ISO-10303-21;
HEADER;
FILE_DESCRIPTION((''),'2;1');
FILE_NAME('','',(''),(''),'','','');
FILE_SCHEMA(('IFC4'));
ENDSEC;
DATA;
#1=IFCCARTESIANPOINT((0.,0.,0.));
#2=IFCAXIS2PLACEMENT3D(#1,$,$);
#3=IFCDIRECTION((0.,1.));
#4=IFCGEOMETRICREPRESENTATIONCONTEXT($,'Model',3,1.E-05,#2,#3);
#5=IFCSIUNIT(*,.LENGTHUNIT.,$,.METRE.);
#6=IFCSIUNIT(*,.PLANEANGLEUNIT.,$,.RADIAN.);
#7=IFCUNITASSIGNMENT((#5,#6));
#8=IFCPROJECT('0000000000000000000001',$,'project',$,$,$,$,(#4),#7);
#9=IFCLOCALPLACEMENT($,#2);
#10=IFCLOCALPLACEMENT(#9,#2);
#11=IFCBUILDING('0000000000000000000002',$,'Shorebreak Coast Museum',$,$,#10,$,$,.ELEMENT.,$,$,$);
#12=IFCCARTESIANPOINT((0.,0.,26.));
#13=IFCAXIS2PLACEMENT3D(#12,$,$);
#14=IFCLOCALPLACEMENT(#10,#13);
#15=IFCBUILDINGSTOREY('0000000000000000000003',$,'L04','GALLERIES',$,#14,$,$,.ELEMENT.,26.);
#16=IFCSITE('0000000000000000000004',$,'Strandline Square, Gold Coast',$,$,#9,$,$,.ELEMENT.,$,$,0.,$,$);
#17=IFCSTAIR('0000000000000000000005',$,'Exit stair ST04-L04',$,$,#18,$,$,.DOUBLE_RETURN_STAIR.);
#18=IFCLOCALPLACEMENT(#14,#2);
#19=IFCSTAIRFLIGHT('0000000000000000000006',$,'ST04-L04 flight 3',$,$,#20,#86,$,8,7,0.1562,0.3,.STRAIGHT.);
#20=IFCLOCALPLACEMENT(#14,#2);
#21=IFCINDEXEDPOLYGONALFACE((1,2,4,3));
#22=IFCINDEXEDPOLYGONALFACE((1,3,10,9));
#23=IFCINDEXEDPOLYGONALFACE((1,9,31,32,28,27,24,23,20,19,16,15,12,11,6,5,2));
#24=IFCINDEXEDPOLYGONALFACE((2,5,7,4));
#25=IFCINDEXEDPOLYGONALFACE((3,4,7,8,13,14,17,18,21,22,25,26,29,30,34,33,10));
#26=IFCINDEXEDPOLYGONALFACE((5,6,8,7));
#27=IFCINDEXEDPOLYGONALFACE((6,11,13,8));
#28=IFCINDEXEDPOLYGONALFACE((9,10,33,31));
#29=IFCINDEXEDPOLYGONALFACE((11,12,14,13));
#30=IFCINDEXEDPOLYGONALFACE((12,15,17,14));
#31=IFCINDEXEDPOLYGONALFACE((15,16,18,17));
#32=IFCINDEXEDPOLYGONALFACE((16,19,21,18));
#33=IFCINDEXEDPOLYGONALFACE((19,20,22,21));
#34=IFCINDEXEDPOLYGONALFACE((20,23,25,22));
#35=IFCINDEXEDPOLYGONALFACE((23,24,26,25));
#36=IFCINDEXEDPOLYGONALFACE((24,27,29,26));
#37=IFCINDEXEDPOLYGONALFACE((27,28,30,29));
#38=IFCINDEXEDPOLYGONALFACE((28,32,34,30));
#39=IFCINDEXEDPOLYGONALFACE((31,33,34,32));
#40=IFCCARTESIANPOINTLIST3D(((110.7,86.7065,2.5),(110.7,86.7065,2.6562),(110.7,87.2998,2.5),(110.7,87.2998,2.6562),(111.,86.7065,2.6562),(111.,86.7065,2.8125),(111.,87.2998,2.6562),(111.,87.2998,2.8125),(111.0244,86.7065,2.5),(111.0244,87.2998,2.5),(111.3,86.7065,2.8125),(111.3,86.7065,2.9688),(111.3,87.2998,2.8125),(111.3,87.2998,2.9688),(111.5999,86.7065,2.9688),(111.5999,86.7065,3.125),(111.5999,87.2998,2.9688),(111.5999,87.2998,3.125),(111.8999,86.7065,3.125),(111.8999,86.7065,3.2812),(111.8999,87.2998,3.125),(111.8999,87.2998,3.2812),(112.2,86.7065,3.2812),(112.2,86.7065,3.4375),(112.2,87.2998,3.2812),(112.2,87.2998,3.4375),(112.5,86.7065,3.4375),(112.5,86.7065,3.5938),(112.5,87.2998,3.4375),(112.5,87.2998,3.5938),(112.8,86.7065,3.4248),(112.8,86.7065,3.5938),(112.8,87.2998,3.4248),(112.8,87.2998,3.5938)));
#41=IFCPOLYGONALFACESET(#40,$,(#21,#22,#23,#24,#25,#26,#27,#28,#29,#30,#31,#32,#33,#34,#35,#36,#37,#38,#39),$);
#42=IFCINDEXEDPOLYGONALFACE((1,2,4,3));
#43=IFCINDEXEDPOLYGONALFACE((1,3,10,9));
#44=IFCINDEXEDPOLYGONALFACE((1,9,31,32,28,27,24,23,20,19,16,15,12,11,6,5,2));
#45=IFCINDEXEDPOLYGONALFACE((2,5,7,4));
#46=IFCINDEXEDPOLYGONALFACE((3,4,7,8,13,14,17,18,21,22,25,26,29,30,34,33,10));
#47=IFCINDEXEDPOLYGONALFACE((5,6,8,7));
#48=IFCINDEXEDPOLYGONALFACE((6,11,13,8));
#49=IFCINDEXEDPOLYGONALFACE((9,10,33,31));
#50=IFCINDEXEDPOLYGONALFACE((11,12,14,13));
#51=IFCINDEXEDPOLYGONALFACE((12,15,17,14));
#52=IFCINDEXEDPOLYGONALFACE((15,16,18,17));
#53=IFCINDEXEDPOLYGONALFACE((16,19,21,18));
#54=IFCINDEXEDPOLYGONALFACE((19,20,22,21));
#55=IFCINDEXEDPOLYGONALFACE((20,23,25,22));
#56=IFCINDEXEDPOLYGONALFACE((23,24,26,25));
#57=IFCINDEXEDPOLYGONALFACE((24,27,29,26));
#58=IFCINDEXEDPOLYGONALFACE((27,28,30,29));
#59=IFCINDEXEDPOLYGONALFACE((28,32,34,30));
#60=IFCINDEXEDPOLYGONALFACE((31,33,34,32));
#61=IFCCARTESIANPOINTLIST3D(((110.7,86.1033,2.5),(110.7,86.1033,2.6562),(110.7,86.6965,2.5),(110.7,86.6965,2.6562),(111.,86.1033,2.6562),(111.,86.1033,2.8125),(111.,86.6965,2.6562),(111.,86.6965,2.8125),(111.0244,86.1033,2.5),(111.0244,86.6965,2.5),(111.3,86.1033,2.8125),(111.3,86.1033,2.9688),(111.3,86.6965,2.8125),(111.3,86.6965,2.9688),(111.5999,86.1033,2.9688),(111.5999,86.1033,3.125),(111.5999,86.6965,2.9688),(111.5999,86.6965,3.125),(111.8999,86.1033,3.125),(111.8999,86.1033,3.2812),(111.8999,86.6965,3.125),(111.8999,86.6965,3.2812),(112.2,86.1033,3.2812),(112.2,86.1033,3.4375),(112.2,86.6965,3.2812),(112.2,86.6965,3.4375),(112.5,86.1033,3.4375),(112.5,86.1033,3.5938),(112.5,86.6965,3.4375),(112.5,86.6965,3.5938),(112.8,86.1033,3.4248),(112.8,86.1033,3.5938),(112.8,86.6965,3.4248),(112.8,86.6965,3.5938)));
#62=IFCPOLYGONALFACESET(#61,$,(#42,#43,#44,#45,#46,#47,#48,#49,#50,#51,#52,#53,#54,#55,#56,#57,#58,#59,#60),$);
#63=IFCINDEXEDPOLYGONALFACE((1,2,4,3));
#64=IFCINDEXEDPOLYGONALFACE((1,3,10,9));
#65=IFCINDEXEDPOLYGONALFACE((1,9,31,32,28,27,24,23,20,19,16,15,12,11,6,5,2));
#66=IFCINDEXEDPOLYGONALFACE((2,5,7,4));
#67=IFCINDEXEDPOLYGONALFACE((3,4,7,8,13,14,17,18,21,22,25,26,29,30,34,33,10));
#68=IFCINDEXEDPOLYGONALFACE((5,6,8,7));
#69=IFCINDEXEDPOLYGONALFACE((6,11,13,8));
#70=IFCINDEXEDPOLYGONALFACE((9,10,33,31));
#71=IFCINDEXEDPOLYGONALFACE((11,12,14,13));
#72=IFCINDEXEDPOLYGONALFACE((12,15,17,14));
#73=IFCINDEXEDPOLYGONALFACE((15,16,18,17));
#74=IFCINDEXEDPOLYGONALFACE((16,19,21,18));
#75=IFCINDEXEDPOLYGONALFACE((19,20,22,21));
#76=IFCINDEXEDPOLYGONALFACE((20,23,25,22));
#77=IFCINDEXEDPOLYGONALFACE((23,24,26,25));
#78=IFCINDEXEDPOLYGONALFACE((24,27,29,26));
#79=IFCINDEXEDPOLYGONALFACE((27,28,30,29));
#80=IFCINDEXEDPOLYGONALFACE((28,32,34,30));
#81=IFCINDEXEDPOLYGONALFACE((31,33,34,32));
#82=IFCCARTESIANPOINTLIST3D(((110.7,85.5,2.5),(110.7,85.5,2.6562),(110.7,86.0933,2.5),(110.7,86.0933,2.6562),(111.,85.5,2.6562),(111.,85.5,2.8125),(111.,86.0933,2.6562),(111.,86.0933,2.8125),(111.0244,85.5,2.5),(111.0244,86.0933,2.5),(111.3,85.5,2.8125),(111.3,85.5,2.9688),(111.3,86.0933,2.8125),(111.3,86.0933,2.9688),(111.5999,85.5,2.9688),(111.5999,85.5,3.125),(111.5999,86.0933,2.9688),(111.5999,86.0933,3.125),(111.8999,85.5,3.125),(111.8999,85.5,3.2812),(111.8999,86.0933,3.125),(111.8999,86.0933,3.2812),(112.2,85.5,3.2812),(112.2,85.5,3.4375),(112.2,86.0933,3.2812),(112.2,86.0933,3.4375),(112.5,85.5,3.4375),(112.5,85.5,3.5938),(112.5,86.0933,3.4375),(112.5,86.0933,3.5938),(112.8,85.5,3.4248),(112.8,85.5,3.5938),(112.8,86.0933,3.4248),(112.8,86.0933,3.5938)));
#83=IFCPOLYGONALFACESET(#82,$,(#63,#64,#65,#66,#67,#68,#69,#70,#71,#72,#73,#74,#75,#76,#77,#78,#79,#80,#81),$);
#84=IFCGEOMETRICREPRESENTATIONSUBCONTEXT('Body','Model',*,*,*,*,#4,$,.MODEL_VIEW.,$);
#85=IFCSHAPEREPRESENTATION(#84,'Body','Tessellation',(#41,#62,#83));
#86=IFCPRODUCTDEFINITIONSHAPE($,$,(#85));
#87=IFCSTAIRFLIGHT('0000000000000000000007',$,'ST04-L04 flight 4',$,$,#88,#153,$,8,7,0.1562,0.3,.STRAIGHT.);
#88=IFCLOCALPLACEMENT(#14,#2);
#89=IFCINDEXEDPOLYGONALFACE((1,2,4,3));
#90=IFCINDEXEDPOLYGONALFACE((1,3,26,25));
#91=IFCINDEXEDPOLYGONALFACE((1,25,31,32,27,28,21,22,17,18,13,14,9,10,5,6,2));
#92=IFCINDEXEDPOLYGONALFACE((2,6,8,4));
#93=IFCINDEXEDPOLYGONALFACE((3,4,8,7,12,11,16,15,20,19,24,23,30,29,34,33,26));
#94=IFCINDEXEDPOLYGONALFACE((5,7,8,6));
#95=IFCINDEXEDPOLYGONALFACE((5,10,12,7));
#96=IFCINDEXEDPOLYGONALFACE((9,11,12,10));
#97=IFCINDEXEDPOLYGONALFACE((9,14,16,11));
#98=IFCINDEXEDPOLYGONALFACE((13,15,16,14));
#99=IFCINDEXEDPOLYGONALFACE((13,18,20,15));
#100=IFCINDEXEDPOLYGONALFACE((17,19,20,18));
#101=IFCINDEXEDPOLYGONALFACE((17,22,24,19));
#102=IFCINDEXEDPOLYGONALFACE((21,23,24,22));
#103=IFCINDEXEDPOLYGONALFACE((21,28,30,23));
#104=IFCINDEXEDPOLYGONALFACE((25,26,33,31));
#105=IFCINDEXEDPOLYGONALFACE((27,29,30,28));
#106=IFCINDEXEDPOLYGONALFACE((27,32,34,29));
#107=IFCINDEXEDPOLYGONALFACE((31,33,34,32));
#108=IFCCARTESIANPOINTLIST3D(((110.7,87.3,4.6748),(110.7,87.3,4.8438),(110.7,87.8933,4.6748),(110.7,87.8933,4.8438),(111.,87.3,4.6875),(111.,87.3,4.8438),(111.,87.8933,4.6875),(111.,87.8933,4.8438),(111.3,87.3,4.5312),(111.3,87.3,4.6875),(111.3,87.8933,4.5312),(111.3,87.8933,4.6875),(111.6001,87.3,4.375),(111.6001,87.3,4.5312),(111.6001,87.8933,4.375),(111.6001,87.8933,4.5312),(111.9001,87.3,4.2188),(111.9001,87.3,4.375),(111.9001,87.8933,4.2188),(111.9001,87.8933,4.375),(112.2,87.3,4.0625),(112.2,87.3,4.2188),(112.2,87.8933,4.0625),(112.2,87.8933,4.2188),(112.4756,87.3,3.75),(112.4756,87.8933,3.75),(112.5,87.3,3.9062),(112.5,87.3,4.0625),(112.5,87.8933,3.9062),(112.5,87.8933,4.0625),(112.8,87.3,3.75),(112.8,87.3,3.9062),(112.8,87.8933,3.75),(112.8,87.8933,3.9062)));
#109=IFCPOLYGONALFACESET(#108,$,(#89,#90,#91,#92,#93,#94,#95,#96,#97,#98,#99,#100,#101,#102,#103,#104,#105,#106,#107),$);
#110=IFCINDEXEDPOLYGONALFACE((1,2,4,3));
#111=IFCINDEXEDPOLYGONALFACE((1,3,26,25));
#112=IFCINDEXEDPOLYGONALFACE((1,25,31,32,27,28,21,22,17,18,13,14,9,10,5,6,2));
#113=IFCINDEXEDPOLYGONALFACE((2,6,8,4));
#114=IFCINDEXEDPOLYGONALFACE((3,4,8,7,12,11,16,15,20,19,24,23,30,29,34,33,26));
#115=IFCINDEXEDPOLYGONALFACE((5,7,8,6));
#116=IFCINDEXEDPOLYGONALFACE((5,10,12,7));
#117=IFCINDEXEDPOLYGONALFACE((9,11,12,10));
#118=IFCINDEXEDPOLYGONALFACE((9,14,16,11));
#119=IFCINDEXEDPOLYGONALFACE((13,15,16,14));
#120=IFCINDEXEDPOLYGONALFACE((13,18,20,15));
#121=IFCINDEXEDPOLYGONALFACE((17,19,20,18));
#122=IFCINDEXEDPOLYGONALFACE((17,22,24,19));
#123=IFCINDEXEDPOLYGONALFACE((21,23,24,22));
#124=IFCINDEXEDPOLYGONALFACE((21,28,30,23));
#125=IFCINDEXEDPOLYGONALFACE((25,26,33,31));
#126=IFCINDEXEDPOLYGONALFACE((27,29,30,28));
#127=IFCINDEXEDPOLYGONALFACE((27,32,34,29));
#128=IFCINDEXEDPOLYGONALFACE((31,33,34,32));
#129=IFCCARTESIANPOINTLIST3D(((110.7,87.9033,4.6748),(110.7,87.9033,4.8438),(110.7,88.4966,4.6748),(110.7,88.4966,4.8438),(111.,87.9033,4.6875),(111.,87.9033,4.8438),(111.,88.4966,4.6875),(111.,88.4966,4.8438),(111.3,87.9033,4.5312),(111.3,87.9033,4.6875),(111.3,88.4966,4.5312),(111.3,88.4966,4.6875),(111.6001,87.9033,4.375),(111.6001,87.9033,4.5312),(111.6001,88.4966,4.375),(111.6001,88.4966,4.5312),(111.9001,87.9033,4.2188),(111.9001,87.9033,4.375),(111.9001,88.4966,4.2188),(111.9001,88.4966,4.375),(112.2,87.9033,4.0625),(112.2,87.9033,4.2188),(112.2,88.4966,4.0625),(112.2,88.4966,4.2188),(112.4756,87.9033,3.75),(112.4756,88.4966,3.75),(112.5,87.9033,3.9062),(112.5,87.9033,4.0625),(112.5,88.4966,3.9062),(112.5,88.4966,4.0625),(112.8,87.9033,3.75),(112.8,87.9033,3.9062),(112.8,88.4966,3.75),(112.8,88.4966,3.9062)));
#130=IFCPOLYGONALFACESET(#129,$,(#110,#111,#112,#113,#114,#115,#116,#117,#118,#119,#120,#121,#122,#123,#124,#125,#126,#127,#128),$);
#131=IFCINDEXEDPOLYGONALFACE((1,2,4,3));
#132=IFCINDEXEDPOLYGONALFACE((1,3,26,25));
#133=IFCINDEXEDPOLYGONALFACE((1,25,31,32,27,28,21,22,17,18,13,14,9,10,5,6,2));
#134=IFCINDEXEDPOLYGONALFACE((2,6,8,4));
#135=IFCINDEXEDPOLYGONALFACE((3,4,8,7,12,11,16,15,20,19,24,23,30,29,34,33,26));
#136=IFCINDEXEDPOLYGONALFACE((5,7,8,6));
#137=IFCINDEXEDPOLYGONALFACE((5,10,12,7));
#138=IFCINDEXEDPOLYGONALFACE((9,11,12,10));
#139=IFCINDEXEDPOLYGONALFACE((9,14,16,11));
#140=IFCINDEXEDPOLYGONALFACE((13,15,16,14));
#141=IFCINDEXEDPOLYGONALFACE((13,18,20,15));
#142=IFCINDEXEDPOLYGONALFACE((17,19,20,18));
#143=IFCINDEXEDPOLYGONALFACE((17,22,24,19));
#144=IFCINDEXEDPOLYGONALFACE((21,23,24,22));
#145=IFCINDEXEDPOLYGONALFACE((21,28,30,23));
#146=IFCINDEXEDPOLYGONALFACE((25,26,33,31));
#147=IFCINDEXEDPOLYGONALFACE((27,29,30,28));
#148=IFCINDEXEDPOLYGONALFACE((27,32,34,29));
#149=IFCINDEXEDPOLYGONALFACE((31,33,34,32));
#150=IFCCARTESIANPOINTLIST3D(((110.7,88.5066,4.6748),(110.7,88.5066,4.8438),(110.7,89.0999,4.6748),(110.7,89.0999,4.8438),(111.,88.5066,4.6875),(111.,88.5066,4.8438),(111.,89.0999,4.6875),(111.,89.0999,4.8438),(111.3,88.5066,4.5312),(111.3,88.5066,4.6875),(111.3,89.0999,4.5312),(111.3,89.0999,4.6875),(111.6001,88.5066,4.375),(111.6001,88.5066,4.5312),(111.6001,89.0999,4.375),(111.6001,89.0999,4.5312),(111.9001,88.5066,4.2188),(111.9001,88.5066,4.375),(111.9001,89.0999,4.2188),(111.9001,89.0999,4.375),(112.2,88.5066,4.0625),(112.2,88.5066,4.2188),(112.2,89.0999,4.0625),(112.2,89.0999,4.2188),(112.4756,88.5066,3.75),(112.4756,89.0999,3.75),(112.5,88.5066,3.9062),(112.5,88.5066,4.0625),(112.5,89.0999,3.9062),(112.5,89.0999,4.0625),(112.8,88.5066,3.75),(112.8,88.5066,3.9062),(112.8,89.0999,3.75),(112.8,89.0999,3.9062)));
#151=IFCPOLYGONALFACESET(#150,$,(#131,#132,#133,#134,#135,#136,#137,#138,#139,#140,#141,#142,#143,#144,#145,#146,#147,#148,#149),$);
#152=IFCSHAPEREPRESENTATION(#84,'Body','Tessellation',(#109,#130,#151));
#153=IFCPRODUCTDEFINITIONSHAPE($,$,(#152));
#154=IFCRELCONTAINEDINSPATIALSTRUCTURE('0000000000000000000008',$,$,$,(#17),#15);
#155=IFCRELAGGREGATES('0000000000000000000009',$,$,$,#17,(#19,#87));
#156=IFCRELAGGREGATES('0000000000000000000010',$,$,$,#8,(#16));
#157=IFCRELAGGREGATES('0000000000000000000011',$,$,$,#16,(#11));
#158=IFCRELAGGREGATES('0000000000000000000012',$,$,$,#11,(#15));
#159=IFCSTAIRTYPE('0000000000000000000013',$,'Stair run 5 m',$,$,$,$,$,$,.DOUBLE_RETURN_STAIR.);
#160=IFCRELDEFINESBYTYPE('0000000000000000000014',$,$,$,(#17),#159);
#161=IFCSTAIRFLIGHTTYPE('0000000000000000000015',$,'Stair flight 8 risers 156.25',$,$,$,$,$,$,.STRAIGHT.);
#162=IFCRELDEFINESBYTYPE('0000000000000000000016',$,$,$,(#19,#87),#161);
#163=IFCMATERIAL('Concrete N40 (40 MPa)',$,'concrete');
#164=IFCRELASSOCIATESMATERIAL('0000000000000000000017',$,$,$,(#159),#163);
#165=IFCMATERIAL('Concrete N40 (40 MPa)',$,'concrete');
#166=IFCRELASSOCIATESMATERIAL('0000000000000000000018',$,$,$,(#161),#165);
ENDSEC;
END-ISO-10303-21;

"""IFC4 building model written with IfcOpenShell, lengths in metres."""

from ifc_helpers import new_model, si_unit, direction, frame, origin, place, context, subcontext, project, spatial, polyline, outline, extrude, material, type_object, element, aggregate, save


model = new_model("IFC4")

# Units and contexts
model_context = context("Model", 3, precision=1e-05, world=origin(), true_north=direction((0.0, 1.0)))
body_context = subcontext(model_context, "Body", "Model", "MODEL_VIEW")
ifc_project = project(units=[si_unit("LENGTHUNIT", "METRE"), si_unit("PLANEANGLEUNIT", "RADIAN")], contexts=[model_context])

# Site, building, storey
site_placement = place(None, origin())
site = spatial("IfcSite", under=ifc_project, at=site_placement, Name="Strandline Square, Gold Coast", CompositionType="ELEMENT", RefElevation=0.0)
building_placement = place(site_placement, origin())
building = spatial("IfcBuilding", under=site, at=building_placement, Name="Shorebreak Coast Museum", CompositionType="ELEMENT")
storey_placement = place(building_placement, frame((0.0, 0.0, 26.0)))
storey = spatial("IfcBuildingStorey", under=building, at=storey_placement, Name="L04", Description="GALLERIES", CompositionType="ELEMENT", Elevation=26.0)

# Stair, stair flights
ifc_material_1 = material(Name="Concrete N40 (40 MPa)", Category="concrete")
stair_type = type_object("IfcStairType", Name="Stair run 5 m", PredefinedType="DOUBLE_RETURN_STAIR", material=ifc_material_1)
stair_placement = place(storey_placement, origin())
stair = element("IfcStair", 1, at=stair_placement, inside=storey, type_object=stair_type, Name="Exit stair ST04-L04", PredefinedType="DOUBLE_RETURN_STAIR")
ifc_material_2 = material(Name="Concrete N40 (40 MPa)", Category="concrete")
stair_flight_type = type_object("IfcStairFlightType", Name="Stair flight 8 risers 156.25", PredefinedType="STRAIGHT", material=ifc_material_2)
stair_flight_1_placement = place(storey_placement, frame((110.7, 86.3999, 2.5), z_axis=(0.0, 0.0, 1.0), x_axis=(1.0, 0.0, 0.0)))
stair_flight_1 = element("IfcStairFlight", 2, at=stair_flight_1_placement, type_object=stair_flight_type, Name="ST04-L04 flight 3", NumberOfRisers=8, NumberOfTreads=7, PredefinedType="STRAIGHT", RiserHeight=0.1562, TreadLength=0.3, context=body_context, shape_type="SweptSolid", body=[
    extrude(outline(polyline([(0.0, 0.0), (0.0, 0.1562), (0.3, 0.1562), (0.3, 0.3125), (0.6001, 0.3125), (0.6001, 0.4688), (0.8999, 0.4688), (0.8999, 0.625), (1.2, 0.625), (1.2, 0.7812), (1.5, 0.7812), (1.5, 0.9375), (1.8, 0.9375), (1.8, 1.0938), (2.1001, 1.0938), (2.1001, 1.25), (2.1001, 0.9248), (0.3245, 0.0), (0.0, 0.0)])), frame((0.0, 0.8999, 0.0), z_axis=(0.0, -1.0, 0.0), x_axis=(1.0, 0.0, 0.0)), (0.0, 0.0, 1.0), 0.5933),
    extrude(outline(polyline([(0.0, 0.0), (0.0, 0.1562), (0.3, 0.1562), (0.3, 0.3125), (0.6001, 0.3125), (0.6001, 0.4688), (0.8999, 0.4688), (0.8999, 0.625), (1.2, 0.625), (1.2, 0.7812), (1.5, 0.7812), (1.5, 0.9375), (1.8, 0.9375), (1.8, 1.0938), (2.1001, 1.0938), (2.1001, 1.25), (2.1001, 0.9248), (0.3245, 0.0), (0.0, 0.0)])), frame((0.0, 0.2966, 0.0), z_axis=(0.0, -1.0, 0.0), x_axis=(1.0, 0.0, 0.0)), (0.0, 0.0, 1.0), 0.5933),
    extrude(outline(polyline([(0.0, 0.0), (0.0, 0.1562), (0.3, 0.1562), (0.3, 0.3125), (0.6001, 0.3125), (0.6001, 0.4688), (0.8999, 0.4688), (0.8999, 0.625), (1.2, 0.625), (1.2, 0.7812), (1.5, 0.7812), (1.5, 0.9375), (1.8, 0.9375), (1.8, 1.0938), (2.1001, 1.0938), (2.1001, 1.25), (2.1001, 0.9248), (0.3245, 0.0), (0.0, 0.0)])), frame((0.0, -0.3066, 0.0), z_axis=(0.0, -1.0, 0.0), x_axis=(1.0, 0.0, 0.0)), (0.0, 0.0, 1.0), 0.5933),
])
stair_flight_2_placement = place(storey_placement, frame((112.8, 88.2, 3.75), z_axis=(0.0, 0.0, 1.0), x_axis=(-1.0, 0.0, 0.0)))
stair_flight_2 = element("IfcStairFlight", 3, at=stair_flight_2_placement, type_object=stair_flight_type, Name="ST04-L04 flight 4", NumberOfRisers=8, NumberOfTreads=7, PredefinedType="STRAIGHT", RiserHeight=0.1562, TreadLength=0.3, context=body_context, shape_type="SweptSolid", body=[
    extrude(outline(polyline([(0.0, 0.0), (0.0, 0.1562), (0.3, 0.1562), (0.3, 0.3125), (0.6001, 0.3125), (0.6001, 0.4688), (0.8999, 0.4688), (0.8999, 0.625), (1.2, 0.625), (1.2, 0.7812), (1.5, 0.7812), (1.5, 0.9375), (1.8, 0.9375), (1.8, 1.0938), (2.1001, 1.0938), (2.1001, 1.25), (2.1001, 0.9248), (0.3245, 0.0), (0.0, 0.0)])), frame((0.0, 0.8999, 0.0), z_axis=(0.0, -1.0, 0.0), x_axis=(1.0, 0.0, 0.0)), (0.0, 0.0, 1.0), 0.5933),
    extrude(outline(polyline([(0.0, 0.0), (0.0, 0.1562), (0.3, 0.1562), (0.3, 0.3125), (0.6001, 0.3125), (0.6001, 0.4688), (0.8999, 0.4688), (0.8999, 0.625), (1.2, 0.625), (1.2, 0.7812), (1.5, 0.7812), (1.5, 0.9375), (1.8, 0.9375), (1.8, 1.0938), (2.1001, 1.0938), (2.1001, 1.25), (2.1001, 0.9248), (0.3245, 0.0), (0.0, 0.0)])), frame((0.0, 0.2966, 0.0), z_axis=(0.0, -1.0, 0.0), x_axis=(1.0, 0.0, 0.0)), (0.0, 0.0, 1.0), 0.5933),
    extrude(outline(polyline([(0.0, 0.0), (0.0, 0.1562), (0.3, 0.1562), (0.3, 0.3125), (0.6001, 0.3125), (0.6001, 0.4688), (0.8999, 0.4688), (0.8999, 0.625), (1.2, 0.625), (1.2, 0.7812), (1.5, 0.7812), (1.5, 0.9375), (1.8, 0.9375), (1.8, 1.0938), (2.1001, 1.0938), (2.1001, 1.25), (2.1001, 0.9248), (0.3245, 0.0), (0.0, 0.0)])), frame((0.0, -0.3066, 0.0), z_axis=(0.0, -1.0, 0.0), x_axis=(1.0, 0.0, 0.0)), (0.0, 0.0, 1.0), 0.5933),
])
aggregate(stair, [stair_flight_1, stair_flight_2])

save(model, "model.ifc")
